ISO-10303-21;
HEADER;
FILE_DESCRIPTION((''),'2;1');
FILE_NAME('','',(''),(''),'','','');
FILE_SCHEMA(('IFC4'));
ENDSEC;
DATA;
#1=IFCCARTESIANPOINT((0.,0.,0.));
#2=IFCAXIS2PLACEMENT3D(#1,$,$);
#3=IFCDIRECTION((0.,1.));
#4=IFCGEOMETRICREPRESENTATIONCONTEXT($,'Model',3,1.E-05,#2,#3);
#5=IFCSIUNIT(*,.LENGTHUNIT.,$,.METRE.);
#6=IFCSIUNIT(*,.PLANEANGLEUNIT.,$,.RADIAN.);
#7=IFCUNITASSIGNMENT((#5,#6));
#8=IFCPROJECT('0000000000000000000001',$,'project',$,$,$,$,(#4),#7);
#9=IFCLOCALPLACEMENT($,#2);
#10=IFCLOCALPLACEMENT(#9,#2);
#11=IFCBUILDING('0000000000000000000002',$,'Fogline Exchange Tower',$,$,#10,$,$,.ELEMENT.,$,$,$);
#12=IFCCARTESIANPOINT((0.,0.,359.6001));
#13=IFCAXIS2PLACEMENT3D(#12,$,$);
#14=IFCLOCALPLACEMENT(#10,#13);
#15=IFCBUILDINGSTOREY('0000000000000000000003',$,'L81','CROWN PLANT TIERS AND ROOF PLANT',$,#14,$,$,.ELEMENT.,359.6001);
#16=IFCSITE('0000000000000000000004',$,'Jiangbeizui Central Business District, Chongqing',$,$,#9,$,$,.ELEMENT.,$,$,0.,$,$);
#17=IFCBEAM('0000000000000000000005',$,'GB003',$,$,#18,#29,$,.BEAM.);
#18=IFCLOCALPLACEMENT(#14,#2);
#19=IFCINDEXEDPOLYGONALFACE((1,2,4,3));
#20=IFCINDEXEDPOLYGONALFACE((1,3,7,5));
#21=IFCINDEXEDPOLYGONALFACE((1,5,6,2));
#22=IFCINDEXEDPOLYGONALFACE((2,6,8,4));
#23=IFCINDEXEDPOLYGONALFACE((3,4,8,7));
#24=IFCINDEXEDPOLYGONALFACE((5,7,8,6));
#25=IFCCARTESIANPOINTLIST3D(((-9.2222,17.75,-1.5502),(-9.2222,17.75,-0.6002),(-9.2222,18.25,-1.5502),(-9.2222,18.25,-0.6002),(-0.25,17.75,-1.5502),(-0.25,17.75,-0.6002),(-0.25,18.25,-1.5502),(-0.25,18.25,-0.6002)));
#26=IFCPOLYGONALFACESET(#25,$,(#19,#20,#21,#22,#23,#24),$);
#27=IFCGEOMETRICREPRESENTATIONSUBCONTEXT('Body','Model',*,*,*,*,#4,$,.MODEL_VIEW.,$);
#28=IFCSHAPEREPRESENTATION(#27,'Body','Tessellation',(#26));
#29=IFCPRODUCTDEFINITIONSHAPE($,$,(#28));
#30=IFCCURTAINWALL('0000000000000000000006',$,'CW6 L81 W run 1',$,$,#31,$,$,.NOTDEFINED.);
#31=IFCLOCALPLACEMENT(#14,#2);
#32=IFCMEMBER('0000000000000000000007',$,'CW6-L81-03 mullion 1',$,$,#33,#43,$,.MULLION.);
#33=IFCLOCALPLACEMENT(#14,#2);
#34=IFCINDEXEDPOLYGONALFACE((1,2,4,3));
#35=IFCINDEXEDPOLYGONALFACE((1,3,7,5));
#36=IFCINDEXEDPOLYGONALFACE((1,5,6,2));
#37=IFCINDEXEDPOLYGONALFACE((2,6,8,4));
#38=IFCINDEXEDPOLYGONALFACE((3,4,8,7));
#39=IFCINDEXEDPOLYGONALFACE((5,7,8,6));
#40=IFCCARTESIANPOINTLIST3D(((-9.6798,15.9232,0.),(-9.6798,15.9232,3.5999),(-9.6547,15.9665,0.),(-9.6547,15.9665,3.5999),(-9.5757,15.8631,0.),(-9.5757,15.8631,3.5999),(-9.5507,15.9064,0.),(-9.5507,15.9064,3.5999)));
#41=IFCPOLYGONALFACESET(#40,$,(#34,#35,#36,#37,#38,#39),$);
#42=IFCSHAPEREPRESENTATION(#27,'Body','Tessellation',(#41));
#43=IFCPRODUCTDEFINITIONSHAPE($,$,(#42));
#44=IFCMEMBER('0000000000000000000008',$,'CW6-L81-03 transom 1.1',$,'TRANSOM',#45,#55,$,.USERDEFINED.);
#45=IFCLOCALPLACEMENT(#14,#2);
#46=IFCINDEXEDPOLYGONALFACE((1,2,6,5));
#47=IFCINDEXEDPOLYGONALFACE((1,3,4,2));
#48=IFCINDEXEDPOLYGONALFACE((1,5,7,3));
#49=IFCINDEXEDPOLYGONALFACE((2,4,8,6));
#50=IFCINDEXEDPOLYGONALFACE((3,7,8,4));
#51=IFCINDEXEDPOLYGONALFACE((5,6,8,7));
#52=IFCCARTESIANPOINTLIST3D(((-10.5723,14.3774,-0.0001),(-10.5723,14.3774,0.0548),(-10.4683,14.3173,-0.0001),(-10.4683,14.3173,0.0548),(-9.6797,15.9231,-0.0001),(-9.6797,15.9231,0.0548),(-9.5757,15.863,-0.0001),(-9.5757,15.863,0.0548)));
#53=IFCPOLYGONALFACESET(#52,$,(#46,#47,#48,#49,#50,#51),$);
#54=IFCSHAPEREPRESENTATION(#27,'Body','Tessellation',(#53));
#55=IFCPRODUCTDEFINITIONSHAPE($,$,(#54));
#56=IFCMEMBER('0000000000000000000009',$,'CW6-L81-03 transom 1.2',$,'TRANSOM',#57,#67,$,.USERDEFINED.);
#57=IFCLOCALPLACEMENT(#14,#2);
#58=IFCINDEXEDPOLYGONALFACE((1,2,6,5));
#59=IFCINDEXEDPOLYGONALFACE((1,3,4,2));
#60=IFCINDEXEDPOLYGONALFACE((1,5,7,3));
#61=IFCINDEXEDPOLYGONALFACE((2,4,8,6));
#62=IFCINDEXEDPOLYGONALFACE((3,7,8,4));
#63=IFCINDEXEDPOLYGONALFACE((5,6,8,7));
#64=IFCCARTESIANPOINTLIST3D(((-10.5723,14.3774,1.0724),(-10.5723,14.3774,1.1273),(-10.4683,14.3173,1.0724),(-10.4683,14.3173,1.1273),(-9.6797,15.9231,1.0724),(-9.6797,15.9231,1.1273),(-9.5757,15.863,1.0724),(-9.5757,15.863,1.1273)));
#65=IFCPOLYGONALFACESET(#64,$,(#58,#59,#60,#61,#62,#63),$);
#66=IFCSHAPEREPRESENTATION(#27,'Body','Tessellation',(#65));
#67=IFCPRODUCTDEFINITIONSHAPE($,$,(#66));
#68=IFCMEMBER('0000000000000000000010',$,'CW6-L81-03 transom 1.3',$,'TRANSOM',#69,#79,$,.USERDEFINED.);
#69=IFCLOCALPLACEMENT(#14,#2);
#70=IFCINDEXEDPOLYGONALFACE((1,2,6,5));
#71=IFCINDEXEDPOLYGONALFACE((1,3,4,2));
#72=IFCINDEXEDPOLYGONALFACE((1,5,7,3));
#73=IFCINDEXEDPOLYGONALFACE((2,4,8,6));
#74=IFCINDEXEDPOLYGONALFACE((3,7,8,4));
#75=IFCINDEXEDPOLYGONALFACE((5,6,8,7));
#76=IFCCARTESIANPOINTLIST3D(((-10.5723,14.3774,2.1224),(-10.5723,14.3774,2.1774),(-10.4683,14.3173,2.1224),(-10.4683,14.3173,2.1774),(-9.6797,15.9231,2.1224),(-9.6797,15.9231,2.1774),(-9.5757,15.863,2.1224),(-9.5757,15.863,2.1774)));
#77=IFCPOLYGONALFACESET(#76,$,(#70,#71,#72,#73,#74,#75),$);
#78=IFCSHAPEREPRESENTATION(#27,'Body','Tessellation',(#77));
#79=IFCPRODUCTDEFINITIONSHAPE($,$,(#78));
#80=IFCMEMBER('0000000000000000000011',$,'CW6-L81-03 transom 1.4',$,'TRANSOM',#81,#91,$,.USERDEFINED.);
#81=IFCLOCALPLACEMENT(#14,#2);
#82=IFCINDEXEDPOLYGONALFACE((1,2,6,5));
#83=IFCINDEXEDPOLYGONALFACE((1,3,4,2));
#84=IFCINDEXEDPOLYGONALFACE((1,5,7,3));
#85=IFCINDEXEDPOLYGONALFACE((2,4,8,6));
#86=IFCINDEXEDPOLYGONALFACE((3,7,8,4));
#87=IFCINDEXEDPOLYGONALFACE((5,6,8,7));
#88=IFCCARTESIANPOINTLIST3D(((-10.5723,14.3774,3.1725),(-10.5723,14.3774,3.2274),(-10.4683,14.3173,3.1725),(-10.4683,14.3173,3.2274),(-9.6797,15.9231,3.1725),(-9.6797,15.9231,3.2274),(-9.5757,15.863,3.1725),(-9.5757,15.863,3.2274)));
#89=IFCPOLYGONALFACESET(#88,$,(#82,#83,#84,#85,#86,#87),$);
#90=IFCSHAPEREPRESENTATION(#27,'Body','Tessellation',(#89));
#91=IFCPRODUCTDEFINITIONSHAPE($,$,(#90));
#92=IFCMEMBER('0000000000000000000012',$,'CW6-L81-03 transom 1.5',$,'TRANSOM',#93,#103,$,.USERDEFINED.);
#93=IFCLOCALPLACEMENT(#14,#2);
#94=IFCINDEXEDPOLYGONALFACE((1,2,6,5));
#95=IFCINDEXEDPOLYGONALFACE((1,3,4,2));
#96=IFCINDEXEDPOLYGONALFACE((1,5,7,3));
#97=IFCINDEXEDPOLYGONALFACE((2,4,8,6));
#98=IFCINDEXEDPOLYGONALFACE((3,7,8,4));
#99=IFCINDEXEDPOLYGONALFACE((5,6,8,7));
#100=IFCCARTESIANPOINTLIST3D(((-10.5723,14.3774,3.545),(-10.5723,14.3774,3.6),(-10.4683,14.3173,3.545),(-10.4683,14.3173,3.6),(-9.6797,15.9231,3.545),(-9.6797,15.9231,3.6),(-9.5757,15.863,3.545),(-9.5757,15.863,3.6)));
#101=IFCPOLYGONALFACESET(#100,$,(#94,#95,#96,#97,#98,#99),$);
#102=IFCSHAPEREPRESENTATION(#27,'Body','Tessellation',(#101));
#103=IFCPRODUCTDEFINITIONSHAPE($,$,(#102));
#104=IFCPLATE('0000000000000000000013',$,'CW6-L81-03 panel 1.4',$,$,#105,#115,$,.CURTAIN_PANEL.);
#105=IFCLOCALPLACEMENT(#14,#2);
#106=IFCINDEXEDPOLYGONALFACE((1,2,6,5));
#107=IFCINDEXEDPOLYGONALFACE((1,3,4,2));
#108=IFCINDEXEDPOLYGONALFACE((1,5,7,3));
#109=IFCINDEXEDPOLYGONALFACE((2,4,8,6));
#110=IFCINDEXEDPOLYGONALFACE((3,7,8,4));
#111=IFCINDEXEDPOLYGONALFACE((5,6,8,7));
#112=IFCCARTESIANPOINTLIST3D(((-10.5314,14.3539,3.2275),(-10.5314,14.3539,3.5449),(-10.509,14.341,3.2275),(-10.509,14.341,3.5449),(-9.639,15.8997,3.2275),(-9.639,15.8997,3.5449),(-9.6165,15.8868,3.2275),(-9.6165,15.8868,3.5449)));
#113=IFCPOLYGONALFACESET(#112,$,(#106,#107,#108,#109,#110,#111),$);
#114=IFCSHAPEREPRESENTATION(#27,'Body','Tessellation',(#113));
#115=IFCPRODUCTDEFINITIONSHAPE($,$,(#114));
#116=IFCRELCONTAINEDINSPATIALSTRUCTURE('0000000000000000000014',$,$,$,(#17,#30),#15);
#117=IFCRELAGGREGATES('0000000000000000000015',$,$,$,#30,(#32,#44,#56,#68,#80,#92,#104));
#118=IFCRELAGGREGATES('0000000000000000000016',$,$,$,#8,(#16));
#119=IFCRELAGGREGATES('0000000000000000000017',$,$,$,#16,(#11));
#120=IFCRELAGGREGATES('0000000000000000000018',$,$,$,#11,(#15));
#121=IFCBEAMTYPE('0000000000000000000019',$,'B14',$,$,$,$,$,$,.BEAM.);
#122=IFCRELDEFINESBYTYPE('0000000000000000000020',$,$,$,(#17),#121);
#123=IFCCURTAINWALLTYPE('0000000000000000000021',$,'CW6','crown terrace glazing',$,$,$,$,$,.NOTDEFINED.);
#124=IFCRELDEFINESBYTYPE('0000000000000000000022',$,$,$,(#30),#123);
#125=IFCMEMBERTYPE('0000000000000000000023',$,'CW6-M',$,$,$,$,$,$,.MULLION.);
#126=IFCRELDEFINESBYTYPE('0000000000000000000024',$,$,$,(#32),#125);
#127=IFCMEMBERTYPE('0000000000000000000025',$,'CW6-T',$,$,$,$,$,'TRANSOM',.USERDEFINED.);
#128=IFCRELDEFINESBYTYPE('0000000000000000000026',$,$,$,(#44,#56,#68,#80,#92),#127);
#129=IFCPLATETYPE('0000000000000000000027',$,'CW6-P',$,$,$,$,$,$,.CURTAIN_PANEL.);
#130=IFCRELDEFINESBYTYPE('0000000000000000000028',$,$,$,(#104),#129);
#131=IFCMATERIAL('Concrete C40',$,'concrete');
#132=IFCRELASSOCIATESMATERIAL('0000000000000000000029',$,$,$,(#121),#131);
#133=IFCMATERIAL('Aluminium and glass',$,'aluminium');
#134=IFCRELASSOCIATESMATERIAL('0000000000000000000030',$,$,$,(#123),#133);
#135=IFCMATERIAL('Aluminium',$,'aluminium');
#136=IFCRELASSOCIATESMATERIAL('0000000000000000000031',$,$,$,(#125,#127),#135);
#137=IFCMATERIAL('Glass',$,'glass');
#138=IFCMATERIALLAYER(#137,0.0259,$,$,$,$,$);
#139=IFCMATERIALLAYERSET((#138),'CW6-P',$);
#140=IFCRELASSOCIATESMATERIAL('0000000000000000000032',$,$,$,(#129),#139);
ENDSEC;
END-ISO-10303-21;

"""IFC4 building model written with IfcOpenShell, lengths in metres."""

from ifc_helpers import new_model, si_unit, direction, frame, origin, origin_2d, place, context, subcontext, project, spatial, rectangle, extrude, material, layer, layer_set, material_profile, profile_set, type_object, element, aggregate, save


model = new_model("IFC4")

# Units and contexts
model_context = context("Model", 3, precision=1e-05, world=origin(), true_north=direction((0.0, 1.0)))
body_context = subcontext(model_context, "Body", "Model", "MODEL_VIEW")
ifc_project = project(units=[si_unit("LENGTHUNIT", "METRE"), si_unit("PLANEANGLEUNIT", "RADIAN")], contexts=[model_context])

# Site, building, storey
site_placement = place(None, origin())
site = spatial("IfcSite", under=ifc_project, at=site_placement, Name="Jiangbeizui Central Business District, Chongqing", CompositionType="ELEMENT", RefElevation=0.0)
building_placement = place(site_placement, origin())
building = spatial("IfcBuilding", under=site, at=building_placement, Name="Fogline Exchange Tower", CompositionType="ELEMENT")
storey_placement = place(building_placement, frame((0.0, 0.0, 359.6001)))
storey = spatial("IfcBuildingStorey", under=building, at=storey_placement, Name="L81", Description="CROWN PLANT TIERS AND ROOF PLANT", CompositionType="ELEMENT", Elevation=359.6001)

# Beam
ifc_material_1 = material(Name="Concrete C40", Category="concrete")
ifc_material_profile_1 = material_profile(ifc_material_1, rectangle(XDim=0.5, YDim=0.95, at=origin_2d()), Name="RC 500x950")
ifc_profile_set_1 = profile_set([ifc_material_profile_1], Name="Concrete C40")
beam_type_1 = type_object("IfcBeamType", Name="B14", PredefinedType="BEAM", material=ifc_profile_set_1)
beam_1_placement = place(storey_placement, frame((-9.2222, 18.0, -1.0752), z_axis=(1.0, 0.0, 0.0), x_axis=(0.0, 1.0, 0.0)))
element("IfcBeam", 1, at=beam_1_placement, inside=storey, type_object=beam_type_1, Name="GB003", PredefinedType="BEAM", context=body_context, shape_type="SweptSolid", body=[
    extrude(rectangle(XDim=0.5, YDim=0.95, at=origin_2d()), origin(), (0.0, 0.0, 1.0), 8.9722),
])

# Curtain wall, members, plate
ifc_material_2 = material(Name="Aluminium and glass", Category="aluminium")
curtain_wall_type = type_object("IfcCurtainWallType", Name="CW6", Description="crown terrace glazing", PredefinedType="NOTDEFINED", material=ifc_material_2)
curtain_wall_placement = place(storey_placement, origin())
curtain_wall = element("IfcCurtainWall", 2, at=curtain_wall_placement, inside=storey, type_object=curtain_wall_type, Name="CW6 L81 W run 1", PredefinedType="NOTDEFINED")
ifc_material_3 = material(Name="Aluminium", Category="aluminium")
ifc_material_profile_2 = material_profile(ifc_material_3, rectangle(XDim=0.1201, YDim=0.05, at=origin_2d()), Name="Mullion 50x120")
ifc_profile_set_2 = profile_set([ifc_material_profile_2], Name="Aluminium")
member_type_1 = type_object("IfcMemberType", Name="CW6-M", PredefinedType="MULLION", material=ifc_profile_set_2)
member_1_placement = place(storey_placement, frame((-9.6152, 15.9148, 0.0), z_axis=(0.0, 0.0, 1.0), x_axis=(0.866026, -0.5, 0.0)))
member_1 = element("IfcMember", 3, at=member_1_placement, type_object=member_type_1, Name="CW6-L81-03 mullion 1", PredefinedType="MULLION", context=body_context, shape_type="SweptSolid", body=[
    extrude(rectangle(XDim=0.1201, YDim=0.05, at=origin_2d()), origin(), (0.0, 0.0, 1.0), 3.5999),
])
ifc_material_profile_3 = material_profile(ifc_material_3, rectangle(XDim=0.1201, YDim=0.0549, at=origin_2d()), Name="Transom 55x120")
ifc_profile_set_3 = profile_set([ifc_material_profile_3], Name="Aluminium")
member_type_2 = type_object("IfcMemberType", Name="CW6-T", ElementType="TRANSOM", PredefinedType="USERDEFINED", material=ifc_profile_set_3)
member_2_placement = place(storey_placement, frame((-9.6277, 15.8931, 0.0273), z_axis=(-0.500082, -0.865978, 0.0), x_axis=(0.865978, -0.500082, 0.0)))
member_2 = element("IfcMember", 4, at=member_2_placement, type_object=member_type_2, Name="CW6-L81-03 transom 1.1", ObjectType="TRANSOM", PredefinedType="USERDEFINED", context=body_context, shape_type="SweptSolid", body=[
    extrude(rectangle(XDim=0.1201, YDim=0.0549, at=origin_2d()), origin(), (0.0, 0.0, 1.0), 1.7849),
])
member_3_placement = place(storey_placement, frame((-9.6277, 15.8931, 1.0999), z_axis=(-0.500082, -0.865978, 0.0), x_axis=(0.865978, -0.500082, 0.0)))
member_3 = element("IfcMember", 5, at=member_3_placement, type_object=member_type_2, Name="CW6-L81-03 transom 1.2", ObjectType="TRANSOM", PredefinedType="USERDEFINED", context=body_context, shape_type="SweptSolid", body=[
    extrude(rectangle(XDim=0.1201, YDim=0.0549, at=origin_2d()), origin(), (0.0, 0.0, 1.0), 1.7849),
])
member_4_placement = place(storey_placement, frame((-9.6277, 15.8931, 2.1499), z_axis=(-0.500082, -0.865978, 0.0), x_axis=(0.865978, -0.500082, 0.0)))
member_4 = element("IfcMember", 6, at=member_4_placement, type_object=member_type_2, Name="CW6-L81-03 transom 1.3", ObjectType="TRANSOM", PredefinedType="USERDEFINED", context=body_context, shape_type="SweptSolid", body=[
    extrude(rectangle(XDim=0.1201, YDim=0.0549, at=origin_2d()), origin(), (0.0, 0.0, 1.0), 1.7849),
])
member_5_placement = place(storey_placement, frame((-9.6277, 15.8931, 3.2), z_axis=(-0.500082, -0.865978, 0.0), x_axis=(0.865978, -0.500082, 0.0)))
member_5 = element("IfcMember", 7, at=member_5_placement, type_object=member_type_2, Name="CW6-L81-03 transom 1.4", ObjectType="TRANSOM", PredefinedType="USERDEFINED", context=body_context, shape_type="SweptSolid", body=[
    extrude(rectangle(XDim=0.1201, YDim=0.0549, at=origin_2d()), origin(), (0.0, 0.0, 1.0), 1.7849),
])
member_6_placement = place(storey_placement, frame((-9.6277, 15.8931, 3.5725), z_axis=(-0.500082, -0.865978, 0.0), x_axis=(0.865978, -0.500082, 0.0)))
member_6 = element("IfcMember", 8, at=member_6_placement, type_object=member_type_2, Name="CW6-L81-03 transom 1.5", ObjectType="TRANSOM", PredefinedType="USERDEFINED", context=body_context, shape_type="SweptSolid", body=[
    extrude(rectangle(XDim=0.1201, YDim=0.0549, at=origin_2d()), origin(), (0.0, 0.0, 1.0), 1.7849),
])
ifc_material_4 = material(Name="Glass", Category="glass")
ifc_layer_1 = layer(ifc_material_4, 0.0259)
ifc_layer_set_1 = layer_set([ifc_layer_1], Name="CW6-P")
plate_type = type_object("IfcPlateType", Name="CW6-P", PredefinedType="CURTAIN_PANEL", material=ifc_layer_set_1)
plate_placement = place(storey_placement, frame((-10.074, 15.1204, 3.2275), z_axis=(0.0, 0.0, 1.0), x_axis=(-0.5, -0.866026, 0.0)))
plate = element("IfcPlate", 9, at=plate_placement, type_object=plate_type, Name="CW6-L81-03 panel 1.4", PredefinedType="CURTAIN_PANEL", context=body_context, shape_type="SweptSolid", body=[
    extrude(rectangle(XDim=1.7849, YDim=0.0259, at=origin_2d()), origin(), (0.0, 0.0, 1.0), 0.3174),
])
aggregate(curtain_wall, [member_1, member_2, member_3, member_4, member_5, member_6, plate])

save(model, "model.ifc")
